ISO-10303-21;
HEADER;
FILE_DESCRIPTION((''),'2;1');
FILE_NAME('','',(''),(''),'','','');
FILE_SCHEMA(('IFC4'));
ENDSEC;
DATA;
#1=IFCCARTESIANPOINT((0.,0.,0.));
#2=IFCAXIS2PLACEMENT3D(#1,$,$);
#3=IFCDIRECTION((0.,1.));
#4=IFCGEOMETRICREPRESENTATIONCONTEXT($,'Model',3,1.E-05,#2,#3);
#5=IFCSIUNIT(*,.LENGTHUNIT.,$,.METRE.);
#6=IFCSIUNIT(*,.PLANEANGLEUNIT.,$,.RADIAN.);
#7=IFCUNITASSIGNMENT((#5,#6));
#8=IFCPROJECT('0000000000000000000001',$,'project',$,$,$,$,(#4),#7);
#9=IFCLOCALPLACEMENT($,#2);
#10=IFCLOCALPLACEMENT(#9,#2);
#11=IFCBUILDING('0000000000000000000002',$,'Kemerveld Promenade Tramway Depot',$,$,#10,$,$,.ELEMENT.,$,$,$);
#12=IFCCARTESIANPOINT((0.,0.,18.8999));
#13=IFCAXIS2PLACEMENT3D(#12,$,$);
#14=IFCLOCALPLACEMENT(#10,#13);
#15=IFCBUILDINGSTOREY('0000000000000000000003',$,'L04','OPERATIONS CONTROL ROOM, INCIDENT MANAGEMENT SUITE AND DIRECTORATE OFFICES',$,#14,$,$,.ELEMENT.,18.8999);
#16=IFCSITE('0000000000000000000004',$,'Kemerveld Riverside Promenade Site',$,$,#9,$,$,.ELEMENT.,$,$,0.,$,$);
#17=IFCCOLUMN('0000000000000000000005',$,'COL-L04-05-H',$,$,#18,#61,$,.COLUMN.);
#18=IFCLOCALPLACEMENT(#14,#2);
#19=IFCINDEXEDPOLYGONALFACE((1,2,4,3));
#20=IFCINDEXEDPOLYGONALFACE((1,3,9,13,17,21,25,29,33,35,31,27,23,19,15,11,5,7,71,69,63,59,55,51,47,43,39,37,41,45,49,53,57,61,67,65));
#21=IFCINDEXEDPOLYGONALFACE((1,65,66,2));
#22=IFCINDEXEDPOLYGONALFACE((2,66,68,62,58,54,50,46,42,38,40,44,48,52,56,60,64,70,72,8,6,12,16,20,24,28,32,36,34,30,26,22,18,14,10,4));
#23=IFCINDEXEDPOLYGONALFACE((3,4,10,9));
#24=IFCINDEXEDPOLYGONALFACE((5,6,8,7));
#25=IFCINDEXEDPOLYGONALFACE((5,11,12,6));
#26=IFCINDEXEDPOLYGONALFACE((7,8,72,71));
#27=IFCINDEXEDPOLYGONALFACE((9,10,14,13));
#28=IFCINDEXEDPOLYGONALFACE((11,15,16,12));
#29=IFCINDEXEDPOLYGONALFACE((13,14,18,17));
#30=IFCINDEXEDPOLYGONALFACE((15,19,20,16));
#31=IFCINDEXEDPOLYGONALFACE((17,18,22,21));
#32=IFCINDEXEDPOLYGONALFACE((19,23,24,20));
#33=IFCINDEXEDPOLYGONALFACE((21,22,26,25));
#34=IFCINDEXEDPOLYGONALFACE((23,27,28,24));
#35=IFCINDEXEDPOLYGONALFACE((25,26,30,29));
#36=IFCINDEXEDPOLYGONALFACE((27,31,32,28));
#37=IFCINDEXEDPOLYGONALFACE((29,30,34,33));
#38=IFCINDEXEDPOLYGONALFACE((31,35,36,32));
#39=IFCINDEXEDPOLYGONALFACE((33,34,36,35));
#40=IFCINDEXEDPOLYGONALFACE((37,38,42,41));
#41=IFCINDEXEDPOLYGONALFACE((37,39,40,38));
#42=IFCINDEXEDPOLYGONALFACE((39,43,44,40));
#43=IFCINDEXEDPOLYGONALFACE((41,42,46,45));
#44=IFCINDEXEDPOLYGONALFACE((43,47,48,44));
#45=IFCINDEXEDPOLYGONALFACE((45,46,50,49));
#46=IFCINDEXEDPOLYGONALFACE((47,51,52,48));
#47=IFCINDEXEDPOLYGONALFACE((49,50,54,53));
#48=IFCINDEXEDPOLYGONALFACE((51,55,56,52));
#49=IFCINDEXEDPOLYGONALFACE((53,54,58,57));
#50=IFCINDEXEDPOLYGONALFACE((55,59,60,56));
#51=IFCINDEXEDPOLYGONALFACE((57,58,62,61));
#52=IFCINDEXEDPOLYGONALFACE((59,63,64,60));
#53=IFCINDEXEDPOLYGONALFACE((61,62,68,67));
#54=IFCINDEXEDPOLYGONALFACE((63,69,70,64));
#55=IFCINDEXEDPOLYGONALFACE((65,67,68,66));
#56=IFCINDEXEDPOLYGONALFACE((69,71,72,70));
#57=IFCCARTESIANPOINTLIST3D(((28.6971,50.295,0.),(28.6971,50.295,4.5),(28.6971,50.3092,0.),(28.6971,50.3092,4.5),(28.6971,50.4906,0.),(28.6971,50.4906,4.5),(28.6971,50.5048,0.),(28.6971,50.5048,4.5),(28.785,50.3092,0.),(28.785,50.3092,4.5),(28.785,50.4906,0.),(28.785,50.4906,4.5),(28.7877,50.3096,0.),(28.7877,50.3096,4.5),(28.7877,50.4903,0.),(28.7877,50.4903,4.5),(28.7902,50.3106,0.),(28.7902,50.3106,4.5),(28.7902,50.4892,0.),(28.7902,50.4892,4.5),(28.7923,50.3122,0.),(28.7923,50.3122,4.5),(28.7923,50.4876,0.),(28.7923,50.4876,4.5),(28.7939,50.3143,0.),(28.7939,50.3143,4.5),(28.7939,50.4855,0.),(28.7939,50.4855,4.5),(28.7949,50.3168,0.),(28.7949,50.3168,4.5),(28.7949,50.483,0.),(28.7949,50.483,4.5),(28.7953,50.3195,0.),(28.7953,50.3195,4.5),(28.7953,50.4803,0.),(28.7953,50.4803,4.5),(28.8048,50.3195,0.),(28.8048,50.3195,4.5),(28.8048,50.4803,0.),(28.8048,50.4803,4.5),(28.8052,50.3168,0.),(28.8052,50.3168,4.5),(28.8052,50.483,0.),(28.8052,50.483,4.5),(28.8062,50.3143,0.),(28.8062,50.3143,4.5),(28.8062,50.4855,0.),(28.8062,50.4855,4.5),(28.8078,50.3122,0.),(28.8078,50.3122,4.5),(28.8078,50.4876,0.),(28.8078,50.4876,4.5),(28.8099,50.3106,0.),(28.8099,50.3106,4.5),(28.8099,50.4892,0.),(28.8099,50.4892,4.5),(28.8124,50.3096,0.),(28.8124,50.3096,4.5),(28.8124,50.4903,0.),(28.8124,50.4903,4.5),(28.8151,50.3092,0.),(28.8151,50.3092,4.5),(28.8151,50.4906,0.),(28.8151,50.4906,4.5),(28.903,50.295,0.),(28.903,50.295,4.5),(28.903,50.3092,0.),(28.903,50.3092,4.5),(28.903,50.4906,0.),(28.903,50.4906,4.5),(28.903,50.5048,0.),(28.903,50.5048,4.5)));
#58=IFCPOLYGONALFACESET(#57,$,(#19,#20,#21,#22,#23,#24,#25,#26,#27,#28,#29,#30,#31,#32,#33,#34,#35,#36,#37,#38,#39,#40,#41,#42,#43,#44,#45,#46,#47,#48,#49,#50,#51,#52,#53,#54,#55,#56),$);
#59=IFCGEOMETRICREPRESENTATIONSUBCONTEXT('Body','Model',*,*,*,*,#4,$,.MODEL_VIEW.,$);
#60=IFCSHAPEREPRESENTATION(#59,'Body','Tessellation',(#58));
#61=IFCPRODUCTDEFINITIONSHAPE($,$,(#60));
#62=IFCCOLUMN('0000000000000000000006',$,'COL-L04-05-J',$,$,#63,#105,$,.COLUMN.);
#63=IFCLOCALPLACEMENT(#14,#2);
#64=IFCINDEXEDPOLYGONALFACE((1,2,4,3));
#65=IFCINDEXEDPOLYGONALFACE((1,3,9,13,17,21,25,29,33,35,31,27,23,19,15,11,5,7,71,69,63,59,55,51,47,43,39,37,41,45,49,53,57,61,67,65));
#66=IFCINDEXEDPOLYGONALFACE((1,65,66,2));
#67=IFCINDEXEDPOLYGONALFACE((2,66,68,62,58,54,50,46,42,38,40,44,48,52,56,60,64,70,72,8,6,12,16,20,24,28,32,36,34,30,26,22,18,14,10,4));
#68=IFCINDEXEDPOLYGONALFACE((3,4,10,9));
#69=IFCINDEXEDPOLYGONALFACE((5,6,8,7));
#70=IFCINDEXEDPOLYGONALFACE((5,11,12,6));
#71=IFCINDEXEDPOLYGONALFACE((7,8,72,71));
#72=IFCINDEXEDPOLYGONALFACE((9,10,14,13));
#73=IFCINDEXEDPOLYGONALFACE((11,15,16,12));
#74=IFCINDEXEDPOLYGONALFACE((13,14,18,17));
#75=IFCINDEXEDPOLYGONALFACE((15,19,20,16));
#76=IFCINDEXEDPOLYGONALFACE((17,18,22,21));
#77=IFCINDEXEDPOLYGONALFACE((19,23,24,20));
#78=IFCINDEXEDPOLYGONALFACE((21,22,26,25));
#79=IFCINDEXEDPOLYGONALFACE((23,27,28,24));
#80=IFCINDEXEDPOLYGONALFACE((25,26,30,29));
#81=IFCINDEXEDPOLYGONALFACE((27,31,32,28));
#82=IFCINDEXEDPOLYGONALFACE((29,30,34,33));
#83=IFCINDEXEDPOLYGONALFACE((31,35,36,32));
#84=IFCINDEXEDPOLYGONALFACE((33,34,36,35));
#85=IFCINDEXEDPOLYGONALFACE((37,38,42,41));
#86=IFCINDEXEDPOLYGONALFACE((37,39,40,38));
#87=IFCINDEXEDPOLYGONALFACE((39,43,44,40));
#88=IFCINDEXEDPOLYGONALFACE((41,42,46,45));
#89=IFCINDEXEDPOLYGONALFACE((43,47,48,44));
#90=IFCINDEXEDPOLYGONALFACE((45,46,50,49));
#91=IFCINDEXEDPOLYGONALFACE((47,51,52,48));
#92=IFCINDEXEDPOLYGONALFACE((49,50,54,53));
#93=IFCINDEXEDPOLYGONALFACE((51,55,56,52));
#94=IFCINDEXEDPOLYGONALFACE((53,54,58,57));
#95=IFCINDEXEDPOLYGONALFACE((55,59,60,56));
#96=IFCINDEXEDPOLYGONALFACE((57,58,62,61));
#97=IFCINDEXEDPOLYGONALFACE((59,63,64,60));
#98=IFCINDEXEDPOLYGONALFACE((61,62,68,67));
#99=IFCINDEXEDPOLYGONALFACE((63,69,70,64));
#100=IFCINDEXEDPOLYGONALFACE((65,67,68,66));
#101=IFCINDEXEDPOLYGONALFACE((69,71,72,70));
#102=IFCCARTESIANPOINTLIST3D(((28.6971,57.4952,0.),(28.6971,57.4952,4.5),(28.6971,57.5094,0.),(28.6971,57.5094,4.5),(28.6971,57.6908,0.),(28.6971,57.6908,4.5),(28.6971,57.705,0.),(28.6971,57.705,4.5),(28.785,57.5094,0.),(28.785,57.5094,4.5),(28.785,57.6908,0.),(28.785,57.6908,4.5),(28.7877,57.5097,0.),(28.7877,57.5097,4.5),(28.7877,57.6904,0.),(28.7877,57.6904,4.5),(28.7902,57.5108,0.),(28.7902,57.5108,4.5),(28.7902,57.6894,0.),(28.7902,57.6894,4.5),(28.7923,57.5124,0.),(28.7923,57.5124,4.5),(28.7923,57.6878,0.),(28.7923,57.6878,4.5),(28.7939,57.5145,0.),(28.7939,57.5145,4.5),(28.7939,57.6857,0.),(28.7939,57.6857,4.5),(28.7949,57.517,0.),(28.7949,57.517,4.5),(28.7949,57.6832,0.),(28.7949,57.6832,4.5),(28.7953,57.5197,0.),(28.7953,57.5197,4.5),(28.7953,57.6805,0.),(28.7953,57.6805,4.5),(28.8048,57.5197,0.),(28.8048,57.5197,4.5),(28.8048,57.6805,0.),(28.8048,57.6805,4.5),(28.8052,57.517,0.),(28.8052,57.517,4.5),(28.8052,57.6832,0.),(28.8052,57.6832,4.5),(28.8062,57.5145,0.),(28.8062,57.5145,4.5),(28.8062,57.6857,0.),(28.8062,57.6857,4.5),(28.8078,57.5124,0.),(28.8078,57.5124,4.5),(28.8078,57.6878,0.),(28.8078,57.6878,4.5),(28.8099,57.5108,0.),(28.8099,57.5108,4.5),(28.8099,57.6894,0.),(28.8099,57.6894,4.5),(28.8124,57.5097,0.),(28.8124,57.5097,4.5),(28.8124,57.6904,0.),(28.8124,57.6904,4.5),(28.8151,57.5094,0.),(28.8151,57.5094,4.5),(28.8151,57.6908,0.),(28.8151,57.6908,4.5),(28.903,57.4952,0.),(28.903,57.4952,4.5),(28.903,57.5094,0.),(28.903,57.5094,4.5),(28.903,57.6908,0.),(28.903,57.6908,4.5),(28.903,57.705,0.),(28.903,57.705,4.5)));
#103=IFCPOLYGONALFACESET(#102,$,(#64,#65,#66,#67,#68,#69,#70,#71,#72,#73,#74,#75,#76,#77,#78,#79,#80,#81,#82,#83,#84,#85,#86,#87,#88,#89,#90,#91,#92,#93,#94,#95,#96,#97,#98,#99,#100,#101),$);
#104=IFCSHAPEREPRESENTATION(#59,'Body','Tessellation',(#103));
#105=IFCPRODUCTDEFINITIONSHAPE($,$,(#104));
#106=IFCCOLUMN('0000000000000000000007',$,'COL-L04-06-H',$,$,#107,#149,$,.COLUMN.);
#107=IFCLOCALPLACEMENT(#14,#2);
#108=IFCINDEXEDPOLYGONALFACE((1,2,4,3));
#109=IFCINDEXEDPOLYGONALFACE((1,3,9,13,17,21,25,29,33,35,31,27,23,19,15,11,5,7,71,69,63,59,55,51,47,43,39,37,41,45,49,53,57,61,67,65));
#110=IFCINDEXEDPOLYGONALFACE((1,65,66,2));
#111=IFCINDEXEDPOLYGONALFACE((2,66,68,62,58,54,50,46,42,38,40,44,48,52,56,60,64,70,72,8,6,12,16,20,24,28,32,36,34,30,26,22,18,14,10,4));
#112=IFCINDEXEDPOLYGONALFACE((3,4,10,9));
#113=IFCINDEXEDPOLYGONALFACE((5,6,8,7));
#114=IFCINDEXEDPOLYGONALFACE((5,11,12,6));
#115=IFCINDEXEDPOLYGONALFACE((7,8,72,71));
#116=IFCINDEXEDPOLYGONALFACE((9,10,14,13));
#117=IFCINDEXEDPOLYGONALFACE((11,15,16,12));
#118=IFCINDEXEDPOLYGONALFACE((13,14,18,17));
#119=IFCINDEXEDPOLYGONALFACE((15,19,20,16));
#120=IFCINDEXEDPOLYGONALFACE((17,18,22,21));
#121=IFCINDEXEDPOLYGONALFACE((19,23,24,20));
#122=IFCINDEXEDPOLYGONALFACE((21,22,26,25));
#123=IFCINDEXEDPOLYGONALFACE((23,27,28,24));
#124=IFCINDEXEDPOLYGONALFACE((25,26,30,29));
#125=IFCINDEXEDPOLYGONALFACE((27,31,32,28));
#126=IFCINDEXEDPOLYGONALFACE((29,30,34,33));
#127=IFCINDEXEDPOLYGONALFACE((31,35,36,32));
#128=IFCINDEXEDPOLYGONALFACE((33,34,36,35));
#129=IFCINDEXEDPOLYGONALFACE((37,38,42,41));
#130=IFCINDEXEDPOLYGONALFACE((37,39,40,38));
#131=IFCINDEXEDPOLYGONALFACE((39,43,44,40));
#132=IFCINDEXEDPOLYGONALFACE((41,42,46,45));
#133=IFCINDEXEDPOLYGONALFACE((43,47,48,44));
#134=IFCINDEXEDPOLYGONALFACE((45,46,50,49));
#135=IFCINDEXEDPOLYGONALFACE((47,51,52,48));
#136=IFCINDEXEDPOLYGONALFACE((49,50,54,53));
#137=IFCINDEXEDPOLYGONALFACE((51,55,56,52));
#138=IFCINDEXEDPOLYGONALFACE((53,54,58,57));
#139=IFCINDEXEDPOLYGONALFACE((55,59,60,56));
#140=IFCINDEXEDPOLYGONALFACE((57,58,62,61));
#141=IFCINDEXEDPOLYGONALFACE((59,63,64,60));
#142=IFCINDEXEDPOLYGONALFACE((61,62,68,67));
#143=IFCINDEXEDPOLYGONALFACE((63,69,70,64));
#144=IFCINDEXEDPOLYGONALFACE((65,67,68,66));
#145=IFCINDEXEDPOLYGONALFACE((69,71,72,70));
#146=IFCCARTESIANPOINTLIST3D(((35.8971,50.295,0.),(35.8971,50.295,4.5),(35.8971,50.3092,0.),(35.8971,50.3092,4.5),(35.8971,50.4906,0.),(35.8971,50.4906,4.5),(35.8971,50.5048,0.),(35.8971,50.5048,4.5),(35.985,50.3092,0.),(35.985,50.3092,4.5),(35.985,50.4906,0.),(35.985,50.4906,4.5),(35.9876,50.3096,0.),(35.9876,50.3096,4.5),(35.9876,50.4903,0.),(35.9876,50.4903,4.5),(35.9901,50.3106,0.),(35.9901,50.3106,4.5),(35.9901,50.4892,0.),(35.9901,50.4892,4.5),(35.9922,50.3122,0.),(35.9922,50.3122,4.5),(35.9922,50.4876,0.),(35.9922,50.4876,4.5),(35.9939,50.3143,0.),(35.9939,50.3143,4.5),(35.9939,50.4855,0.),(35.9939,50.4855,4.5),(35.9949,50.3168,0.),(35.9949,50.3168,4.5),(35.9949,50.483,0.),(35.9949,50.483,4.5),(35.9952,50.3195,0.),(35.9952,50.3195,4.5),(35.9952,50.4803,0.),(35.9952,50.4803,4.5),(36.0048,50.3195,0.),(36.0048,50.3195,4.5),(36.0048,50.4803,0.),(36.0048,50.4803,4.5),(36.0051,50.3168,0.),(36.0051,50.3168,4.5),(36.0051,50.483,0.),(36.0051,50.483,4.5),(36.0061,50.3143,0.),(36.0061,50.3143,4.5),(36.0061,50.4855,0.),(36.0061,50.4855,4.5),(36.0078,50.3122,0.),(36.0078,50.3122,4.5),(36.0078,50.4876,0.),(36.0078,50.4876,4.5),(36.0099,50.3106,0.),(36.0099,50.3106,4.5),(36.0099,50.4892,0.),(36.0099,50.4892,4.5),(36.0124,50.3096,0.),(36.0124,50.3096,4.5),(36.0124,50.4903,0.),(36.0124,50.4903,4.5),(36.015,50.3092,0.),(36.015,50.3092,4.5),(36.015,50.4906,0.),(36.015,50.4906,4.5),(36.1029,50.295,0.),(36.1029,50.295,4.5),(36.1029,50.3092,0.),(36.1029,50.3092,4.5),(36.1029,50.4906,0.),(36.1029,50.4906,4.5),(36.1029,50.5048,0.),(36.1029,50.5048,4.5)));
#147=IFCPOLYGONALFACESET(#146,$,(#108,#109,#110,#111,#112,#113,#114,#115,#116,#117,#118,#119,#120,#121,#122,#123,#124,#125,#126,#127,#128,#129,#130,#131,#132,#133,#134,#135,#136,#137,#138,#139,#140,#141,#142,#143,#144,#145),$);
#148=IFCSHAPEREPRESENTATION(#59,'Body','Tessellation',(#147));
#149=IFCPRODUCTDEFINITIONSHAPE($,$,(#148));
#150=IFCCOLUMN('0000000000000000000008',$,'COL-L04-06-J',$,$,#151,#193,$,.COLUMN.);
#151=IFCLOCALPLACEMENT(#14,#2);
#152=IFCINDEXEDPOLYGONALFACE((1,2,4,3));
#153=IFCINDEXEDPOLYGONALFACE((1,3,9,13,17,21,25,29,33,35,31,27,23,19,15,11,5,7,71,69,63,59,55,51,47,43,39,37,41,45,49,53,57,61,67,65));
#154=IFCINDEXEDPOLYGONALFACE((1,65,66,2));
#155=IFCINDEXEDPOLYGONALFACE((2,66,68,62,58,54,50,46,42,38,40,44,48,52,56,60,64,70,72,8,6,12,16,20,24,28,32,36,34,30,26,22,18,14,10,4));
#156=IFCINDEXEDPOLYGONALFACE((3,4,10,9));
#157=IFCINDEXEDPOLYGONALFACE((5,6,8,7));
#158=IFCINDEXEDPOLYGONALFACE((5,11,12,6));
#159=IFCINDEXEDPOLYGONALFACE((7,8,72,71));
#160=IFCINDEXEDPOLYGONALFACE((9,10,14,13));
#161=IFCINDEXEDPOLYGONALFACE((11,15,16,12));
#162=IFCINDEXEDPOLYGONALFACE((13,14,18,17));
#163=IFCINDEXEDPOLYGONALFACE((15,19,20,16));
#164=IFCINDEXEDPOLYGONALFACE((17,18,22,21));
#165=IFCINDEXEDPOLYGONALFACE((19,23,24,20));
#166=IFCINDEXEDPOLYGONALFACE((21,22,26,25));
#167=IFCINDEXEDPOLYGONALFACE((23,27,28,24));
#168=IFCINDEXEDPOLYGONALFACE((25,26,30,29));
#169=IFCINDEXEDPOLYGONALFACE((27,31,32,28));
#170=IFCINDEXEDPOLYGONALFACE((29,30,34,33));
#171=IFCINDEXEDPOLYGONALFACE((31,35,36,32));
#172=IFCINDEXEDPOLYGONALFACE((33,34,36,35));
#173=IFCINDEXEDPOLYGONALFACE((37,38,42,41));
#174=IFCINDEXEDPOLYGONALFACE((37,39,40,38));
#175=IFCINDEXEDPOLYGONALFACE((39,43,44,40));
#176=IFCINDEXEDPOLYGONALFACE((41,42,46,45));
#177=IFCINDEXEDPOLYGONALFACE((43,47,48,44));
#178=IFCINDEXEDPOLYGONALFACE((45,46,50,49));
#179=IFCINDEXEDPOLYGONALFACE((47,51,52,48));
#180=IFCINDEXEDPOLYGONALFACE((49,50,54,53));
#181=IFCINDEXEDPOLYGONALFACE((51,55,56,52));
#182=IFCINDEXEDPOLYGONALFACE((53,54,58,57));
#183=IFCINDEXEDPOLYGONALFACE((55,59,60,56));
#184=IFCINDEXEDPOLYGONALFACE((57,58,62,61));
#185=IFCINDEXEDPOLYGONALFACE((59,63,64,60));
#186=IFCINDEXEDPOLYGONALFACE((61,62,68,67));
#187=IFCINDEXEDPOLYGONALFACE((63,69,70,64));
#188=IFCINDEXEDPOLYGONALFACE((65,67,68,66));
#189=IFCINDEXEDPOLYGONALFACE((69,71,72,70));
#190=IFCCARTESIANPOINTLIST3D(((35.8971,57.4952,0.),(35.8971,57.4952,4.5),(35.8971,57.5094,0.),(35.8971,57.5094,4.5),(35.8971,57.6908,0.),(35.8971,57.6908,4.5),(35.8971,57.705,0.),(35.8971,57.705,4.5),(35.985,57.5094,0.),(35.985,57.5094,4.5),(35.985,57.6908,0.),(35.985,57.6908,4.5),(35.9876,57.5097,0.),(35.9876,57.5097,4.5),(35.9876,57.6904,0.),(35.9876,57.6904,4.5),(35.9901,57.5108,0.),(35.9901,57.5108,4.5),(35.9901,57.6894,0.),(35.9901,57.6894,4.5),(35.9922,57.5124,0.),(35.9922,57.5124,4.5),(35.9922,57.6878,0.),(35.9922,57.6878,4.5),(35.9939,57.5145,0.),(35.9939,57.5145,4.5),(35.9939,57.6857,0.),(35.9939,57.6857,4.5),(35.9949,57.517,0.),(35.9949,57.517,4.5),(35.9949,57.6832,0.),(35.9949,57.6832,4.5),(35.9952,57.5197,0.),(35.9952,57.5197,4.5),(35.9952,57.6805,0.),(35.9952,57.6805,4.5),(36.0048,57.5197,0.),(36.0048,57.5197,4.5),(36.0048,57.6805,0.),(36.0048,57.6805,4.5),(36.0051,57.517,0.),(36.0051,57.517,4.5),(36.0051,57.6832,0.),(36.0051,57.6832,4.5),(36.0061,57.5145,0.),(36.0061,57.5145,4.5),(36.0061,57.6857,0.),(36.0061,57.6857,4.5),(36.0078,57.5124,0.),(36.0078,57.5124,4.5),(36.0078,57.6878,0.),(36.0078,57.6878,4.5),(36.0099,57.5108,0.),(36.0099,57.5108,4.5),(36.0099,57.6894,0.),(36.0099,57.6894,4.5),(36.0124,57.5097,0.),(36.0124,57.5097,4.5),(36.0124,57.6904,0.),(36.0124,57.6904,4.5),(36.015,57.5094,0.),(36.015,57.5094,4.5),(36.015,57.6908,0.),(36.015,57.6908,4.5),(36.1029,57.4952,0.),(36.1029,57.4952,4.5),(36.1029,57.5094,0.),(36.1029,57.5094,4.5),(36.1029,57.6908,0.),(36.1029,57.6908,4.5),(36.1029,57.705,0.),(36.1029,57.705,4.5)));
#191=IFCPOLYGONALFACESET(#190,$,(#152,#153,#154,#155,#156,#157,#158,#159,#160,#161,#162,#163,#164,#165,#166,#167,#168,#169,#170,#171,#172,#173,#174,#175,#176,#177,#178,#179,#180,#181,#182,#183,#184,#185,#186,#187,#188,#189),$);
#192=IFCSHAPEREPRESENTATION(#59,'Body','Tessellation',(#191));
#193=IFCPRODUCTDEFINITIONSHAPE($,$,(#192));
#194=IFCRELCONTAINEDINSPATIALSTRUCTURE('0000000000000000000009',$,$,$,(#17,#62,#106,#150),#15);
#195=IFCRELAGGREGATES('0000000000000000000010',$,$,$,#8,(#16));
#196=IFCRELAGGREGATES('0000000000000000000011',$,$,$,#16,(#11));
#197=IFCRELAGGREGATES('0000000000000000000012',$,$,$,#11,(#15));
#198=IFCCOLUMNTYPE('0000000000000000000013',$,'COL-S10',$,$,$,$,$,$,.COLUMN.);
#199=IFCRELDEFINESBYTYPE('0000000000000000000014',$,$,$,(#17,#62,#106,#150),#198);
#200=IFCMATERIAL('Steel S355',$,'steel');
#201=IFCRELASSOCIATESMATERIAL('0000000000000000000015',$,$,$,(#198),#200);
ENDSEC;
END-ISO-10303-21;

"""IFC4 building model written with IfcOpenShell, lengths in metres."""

from ifc_helpers import new_model, si_unit, direction, frame, origin, origin_2d, place, context, subcontext, project, spatial, i_section, extrude, material, material_profile, profile_set, type_object, element, save


model = new_model("IFC4")

# Units and contexts
model_context = context("Model", 3, precision=1e-05, world=origin(), true_north=direction((0.0, 1.0)))
body_context = subcontext(model_context, "Body", "Model", "MODEL_VIEW")
ifc_project = project(units=[si_unit("LENGTHUNIT", "METRE"), si_unit("PLANEANGLEUNIT", "RADIAN")], contexts=[model_context])

# Site, building, storey
site_placement = place(None, origin())
site = spatial("IfcSite", under=ifc_project, at=site_placement, Name="Kemerveld Riverside Promenade Site", CompositionType="ELEMENT", RefElevation=0.0)
building_placement = place(site_placement, origin())
building = spatial("IfcBuilding", under=site, at=building_placement, Name="Kemerveld Promenade Tramway Depot", CompositionType="ELEMENT")
storey_placement = place(building_placement, frame((0.0, 0.0, 18.8999)))
storey = spatial("IfcBuildingStorey", under=building, at=storey_placement, Name="L04", Description="OPERATIONS CONTROL ROOM, INCIDENT MANAGEMENT SUITE AND DIRECTORATE OFFICES", CompositionType="ELEMENT", Elevation=18.8999)

# Columns
ifc_material_1 = material(Name="Steel S355", Category="steel")
ifc_material_profile_1 = material_profile(ifc_material_1, i_section(OverallWidth=0.2058, OverallDepth=0.2097, WebThickness=0.0095, FlangeThickness=0.0142, FilletRadius=0.0103, at=origin_2d()), Name="203x203x60 UC")
ifc_profile_set_1 = profile_set([ifc_material_profile_1], Name="Steel S355")
column_type = type_object("IfcColumnType", Name="COL-S10", PredefinedType="COLUMN", material=ifc_profile_set_1)
for number, where, z_axis, x_axis, name in (
    (1, (28.8, 50.3999, 0.0), (0.0, 0.0, 1.0), (1.0, 0.0, 0.0), "COL-L04-05-H"),
    (2, (28.8, 57.6001, 0.0), (0.0, 0.0, 1.0), (1.0, 0.0, 0.0), "COL-L04-05-J"),
    (3, (36.0, 50.3999, 0.0), (0.0, 0.0, 1.0), (1.0, 0.0, 0.0), "COL-L04-06-H"),
    (4, (36.0, 57.6001, 0.0), (0.0, 0.0, 1.0), (1.0, 0.0, 0.0), "COL-L04-06-J"),
):
    element("IfcColumn", number, at=place(storey_placement, frame(where, z_axis=z_axis, x_axis=x_axis)), inside=storey, type_object=column_type, Name=name, PredefinedType="COLUMN", context=body_context, shape_type="SweptSolid", body=[
        extrude(i_section(OverallWidth=0.2058, OverallDepth=0.2097, WebThickness=0.0095, FlangeThickness=0.0142, FilletRadius=0.0103, at=origin_2d()), origin(), (0.0, 0.0, 1.0), 4.5),
    ])

save(model, "model.ifc")
